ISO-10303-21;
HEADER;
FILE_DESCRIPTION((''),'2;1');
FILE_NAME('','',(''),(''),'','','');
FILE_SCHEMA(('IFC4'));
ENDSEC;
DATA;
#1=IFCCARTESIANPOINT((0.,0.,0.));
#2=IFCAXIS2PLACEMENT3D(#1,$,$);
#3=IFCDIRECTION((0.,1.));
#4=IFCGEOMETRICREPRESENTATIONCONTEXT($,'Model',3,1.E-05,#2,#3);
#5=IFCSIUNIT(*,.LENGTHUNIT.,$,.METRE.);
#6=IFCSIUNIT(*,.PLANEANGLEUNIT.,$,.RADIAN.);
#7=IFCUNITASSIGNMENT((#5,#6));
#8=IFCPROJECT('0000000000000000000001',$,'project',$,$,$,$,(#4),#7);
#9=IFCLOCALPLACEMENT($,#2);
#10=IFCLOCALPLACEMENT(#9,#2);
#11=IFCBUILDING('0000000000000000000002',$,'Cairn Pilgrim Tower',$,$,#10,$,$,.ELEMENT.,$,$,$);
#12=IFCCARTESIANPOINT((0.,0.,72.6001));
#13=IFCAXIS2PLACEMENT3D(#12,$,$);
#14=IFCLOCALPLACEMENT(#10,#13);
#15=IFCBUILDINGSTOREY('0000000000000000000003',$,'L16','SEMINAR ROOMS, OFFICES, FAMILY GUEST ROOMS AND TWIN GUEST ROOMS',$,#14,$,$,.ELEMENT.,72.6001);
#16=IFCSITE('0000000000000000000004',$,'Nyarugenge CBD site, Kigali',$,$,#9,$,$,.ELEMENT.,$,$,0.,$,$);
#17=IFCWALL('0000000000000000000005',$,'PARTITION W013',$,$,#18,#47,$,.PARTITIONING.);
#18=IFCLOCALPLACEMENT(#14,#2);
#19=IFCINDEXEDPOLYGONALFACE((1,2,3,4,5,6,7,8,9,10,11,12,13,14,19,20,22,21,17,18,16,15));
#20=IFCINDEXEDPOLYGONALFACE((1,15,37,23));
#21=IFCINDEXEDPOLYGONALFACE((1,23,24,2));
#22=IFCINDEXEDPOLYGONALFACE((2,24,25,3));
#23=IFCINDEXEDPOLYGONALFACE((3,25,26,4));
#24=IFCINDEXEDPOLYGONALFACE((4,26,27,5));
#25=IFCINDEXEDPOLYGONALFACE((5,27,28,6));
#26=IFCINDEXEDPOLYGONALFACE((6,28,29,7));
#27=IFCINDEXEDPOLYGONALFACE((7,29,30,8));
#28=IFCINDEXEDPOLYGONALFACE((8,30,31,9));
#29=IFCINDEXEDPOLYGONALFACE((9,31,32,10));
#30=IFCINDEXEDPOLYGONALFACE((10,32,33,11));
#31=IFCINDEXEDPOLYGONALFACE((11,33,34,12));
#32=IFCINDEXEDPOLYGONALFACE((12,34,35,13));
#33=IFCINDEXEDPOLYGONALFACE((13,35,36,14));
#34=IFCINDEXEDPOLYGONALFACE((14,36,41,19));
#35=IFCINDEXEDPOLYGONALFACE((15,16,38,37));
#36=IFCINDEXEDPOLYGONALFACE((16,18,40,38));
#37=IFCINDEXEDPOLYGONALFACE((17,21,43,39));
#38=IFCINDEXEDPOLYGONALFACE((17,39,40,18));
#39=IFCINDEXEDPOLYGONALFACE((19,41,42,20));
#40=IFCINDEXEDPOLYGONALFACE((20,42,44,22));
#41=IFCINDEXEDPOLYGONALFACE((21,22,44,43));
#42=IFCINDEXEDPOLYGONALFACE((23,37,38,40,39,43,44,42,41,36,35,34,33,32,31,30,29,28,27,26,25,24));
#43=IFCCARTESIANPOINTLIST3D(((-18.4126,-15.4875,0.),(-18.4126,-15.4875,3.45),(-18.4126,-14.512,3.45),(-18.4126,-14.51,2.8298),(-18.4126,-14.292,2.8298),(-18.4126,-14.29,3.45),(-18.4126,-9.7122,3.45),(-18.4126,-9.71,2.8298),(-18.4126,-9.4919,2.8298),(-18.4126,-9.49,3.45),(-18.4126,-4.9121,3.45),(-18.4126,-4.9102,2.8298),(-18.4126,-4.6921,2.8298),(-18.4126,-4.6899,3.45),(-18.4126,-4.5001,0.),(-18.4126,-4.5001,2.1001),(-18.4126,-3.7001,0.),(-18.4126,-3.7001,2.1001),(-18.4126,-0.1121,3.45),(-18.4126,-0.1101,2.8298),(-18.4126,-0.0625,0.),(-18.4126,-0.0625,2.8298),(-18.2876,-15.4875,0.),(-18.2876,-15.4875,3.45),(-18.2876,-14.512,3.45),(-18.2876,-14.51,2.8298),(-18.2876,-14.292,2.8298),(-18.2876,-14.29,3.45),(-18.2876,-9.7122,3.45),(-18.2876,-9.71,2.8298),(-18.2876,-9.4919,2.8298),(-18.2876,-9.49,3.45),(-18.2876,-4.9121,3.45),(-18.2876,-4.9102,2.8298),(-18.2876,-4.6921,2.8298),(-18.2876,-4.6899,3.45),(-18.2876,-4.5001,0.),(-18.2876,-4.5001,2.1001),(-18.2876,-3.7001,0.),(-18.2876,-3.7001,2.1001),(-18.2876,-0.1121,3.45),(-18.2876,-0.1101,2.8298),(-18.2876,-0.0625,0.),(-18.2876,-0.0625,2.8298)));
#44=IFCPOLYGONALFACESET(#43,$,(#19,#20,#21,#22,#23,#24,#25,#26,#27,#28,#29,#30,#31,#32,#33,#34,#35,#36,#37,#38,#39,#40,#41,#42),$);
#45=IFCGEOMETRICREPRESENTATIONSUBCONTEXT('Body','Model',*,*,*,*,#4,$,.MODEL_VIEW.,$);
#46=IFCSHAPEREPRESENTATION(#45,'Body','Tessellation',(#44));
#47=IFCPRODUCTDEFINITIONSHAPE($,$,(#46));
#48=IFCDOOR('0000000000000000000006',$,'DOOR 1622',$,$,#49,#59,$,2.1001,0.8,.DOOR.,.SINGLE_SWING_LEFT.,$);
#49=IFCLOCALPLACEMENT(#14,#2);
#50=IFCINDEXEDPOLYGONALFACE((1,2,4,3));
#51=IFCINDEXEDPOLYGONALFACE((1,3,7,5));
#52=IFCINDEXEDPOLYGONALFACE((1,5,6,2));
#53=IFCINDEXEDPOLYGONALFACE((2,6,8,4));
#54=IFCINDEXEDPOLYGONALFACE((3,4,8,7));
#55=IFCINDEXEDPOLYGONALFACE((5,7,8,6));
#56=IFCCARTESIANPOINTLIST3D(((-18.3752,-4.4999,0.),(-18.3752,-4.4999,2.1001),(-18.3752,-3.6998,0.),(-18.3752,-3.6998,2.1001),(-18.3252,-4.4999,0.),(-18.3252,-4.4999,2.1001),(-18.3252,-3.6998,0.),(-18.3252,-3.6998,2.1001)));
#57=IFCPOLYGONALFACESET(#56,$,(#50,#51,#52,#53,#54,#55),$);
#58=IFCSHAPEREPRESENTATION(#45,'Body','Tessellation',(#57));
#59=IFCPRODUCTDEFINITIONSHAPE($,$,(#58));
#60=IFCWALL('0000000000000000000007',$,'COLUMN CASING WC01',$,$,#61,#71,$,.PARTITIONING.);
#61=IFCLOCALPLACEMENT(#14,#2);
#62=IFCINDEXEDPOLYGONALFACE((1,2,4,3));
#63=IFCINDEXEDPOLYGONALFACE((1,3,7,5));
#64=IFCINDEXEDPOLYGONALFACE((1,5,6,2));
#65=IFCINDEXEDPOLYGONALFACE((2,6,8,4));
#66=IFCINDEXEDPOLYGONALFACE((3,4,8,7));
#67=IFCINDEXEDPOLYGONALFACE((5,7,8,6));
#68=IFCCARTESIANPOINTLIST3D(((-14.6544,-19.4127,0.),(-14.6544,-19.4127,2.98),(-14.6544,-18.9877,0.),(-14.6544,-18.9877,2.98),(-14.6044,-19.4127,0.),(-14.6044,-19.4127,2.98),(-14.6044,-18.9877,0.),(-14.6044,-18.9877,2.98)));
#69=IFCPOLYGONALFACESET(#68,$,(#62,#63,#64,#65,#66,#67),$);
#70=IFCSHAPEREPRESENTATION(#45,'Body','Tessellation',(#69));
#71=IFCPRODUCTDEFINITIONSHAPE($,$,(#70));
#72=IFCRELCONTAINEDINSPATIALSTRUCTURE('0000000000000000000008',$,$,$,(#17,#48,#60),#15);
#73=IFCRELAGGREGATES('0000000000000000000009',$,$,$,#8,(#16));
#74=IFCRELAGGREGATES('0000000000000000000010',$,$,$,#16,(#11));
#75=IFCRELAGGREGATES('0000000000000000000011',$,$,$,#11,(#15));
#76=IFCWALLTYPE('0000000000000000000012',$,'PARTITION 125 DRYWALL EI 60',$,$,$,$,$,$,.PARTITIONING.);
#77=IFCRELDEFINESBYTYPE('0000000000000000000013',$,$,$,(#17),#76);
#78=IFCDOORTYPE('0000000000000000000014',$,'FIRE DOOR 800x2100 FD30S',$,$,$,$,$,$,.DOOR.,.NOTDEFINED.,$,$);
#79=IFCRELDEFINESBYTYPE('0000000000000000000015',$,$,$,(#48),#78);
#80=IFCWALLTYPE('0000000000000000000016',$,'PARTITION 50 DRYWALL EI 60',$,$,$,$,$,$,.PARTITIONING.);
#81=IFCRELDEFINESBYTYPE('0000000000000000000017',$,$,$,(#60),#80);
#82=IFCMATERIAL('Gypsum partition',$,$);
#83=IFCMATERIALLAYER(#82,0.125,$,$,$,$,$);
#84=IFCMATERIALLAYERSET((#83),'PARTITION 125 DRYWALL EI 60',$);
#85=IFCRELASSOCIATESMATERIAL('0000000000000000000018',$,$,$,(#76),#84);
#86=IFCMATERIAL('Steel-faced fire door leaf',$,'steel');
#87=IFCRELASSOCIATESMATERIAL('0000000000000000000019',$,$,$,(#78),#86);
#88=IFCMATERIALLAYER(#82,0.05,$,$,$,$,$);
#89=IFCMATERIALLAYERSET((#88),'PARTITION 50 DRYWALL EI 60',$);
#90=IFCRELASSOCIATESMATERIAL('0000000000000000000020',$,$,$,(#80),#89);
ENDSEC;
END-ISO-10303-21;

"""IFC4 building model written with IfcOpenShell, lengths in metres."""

from ifc_helpers import new_model, si_unit, direction, frame, frame_2d, origin, place, context, subcontext, project, spatial, polyline, rectangle, outline, extrude, material, layer, layer_set, type_object, element, fill, save


model = new_model("IFC4")

# Units and contexts
model_context = context("Model", 3, precision=1e-05, world=origin(), true_north=direction((0.0, 1.0)))
body_context = subcontext(model_context, "Body", "Model", "MODEL_VIEW")
ifc_project = project(units=[si_unit("LENGTHUNIT", "METRE"), si_unit("PLANEANGLEUNIT", "RADIAN")], contexts=[model_context])

# Site, building, storey
site_placement = place(None, origin())
site = spatial("IfcSite", under=ifc_project, at=site_placement, Name="Nyarugenge CBD site, Kigali", CompositionType="ELEMENT", RefElevation=0.0)
building_placement = place(site_placement, origin())
building = spatial("IfcBuilding", under=site, at=building_placement, Name="Cairn Pilgrim Tower", CompositionType="ELEMENT")
storey_placement = place(building_placement, frame((0.0, 0.0, 72.6001)))
storey = spatial("IfcBuildingStorey", under=building, at=storey_placement, Name="L16", Description="SEMINAR ROOMS, OFFICES, FAMILY GUEST ROOMS AND TWIN GUEST ROOMS", CompositionType="ELEMENT", Elevation=72.6001)

# Shared definitions
ifc_material_1 = material(Name="Gypsum partition")
ifc_layer_1 = layer(ifc_material_1, 0.125)
ifc_layer_set_1 = layer_set([ifc_layer_1], Name="PARTITION 125 DRYWALL EI 60")
wall_type_1 = type_object("IfcWallType", Name="PARTITION 125 DRYWALL EI 60", PredefinedType="PARTITIONING", material=ifc_layer_set_1)
ifc_material_2 = material(Name="Steel-faced fire door leaf", Category="steel")

# Wall, opening, door
wall_1_placement = place(storey_placement, frame((-18.3501, -15.4875, 0.0), z_axis=(0.0, 0.0, 1.0), x_axis=(0.0, 1.0, 0.0)))
wall_1 = element("IfcWall", 1, at=wall_1_placement, inside=storey, type_object=wall_type_1, Name="PARTITION W013", PredefinedType="PARTITIONING", context=body_context, shape_type="SweptSolid", body=[
    extrude(outline(polyline([(0.0, 0.0), (15.425, 0.0), (15.425, 2.8298), (15.3774, 2.8298), (15.3755, 3.45), (10.7976, 3.45), (10.7954, 2.8298), (10.5774, 2.8298), (10.5754, 3.45), (5.9976, 3.45), (5.9956, 2.8298), (5.7776, 2.8298), (5.7754, 3.45), (1.1975, 3.45), (1.1956, 2.8298), (0.9775, 2.8298), (0.9756, 3.45), (0.0, 3.45), (0.0, 0.0)])), frame((0.0, 0.0625, 0.0), z_axis=(0.0, -1.0, 0.0), x_axis=(1.0, 0.0, 0.0)), (0.0, 0.0, 1.0), 0.125),
])
opening_1_placement = place(wall_1_placement, frame((10.9875, 0.0, 0.0)))
opening_1 = element("IfcOpeningElement", 2, at=opening_1_placement, cuts=wall_1, PredefinedType="OPENING", context=body_context, shape_type="SweptSolid", body=[
    extrude(rectangle(XDim=0.8, YDim=2.1001, at=frame_2d((0.3999, 1.05))), frame((0.0, 0.0725, 0.0), z_axis=(0.0, -1.0, 0.0), x_axis=(1.0, 0.0, 0.0)), (0.0, 0.0, 1.0), 0.145),
])
door_type_1 = type_object("IfcDoorType", Name="FIRE DOOR 800x2100 FD30S", OperationType="NOTDEFINED", PredefinedType="DOOR", material=ifc_material_2)
door_1_placement = place(opening_1_placement, frame((0.8, 0.0, 0.0), z_axis=(0.0, 0.0, 1.0), x_axis=(-1.0, 0.0, 0.0)))
door_1 = element("IfcDoor", 3, at=door_1_placement, inside=storey, type_object=door_type_1, Name="DOOR 1622", OperationType="SINGLE_SWING_LEFT", OverallHeight=2.1001, OverallWidth=0.8, PredefinedType="DOOR", context=body_context, shape_type="SweptSolid", body=[
    extrude(rectangle(XDim=0.8, YDim=2.1001, at=frame_2d((0.3999, 1.05))), frame((0.0, 0.0249, 0.0), z_axis=(0.0, -1.0, 0.0), x_axis=(1.0, 0.0, 0.0)), (0.0, 0.0, 1.0), 0.05),
])
fill(opening_1, door_1)

# Wall
ifc_layer_2 = layer(ifc_material_1, 0.05)
ifc_layer_set_2 = layer_set([ifc_layer_2], Name="PARTITION 50 DRYWALL EI 60")
wall_type_2 = type_object("IfcWallType", Name="PARTITION 50 DRYWALL EI 60", PredefinedType="PARTITIONING", material=ifc_layer_set_2)
wall_2_placement = place(storey_placement, frame((-14.6294, -19.4126, 0.0), z_axis=(0.0, 0.0, 1.0), x_axis=(0.0, 1.0, 0.0)))
element("IfcWall", 4, at=wall_2_placement, inside=storey, type_object=wall_type_2, Name="COLUMN CASING WC01", PredefinedType="PARTITIONING", context=body_context, shape_type="SweptSolid", body=[
    extrude(rectangle(XDim=0.425, YDim=0.05, at=frame_2d((0.2124, 0.0))), origin(), (0.0, 0.0, 1.0), 2.98),
])

save(model, "model.ifc")
